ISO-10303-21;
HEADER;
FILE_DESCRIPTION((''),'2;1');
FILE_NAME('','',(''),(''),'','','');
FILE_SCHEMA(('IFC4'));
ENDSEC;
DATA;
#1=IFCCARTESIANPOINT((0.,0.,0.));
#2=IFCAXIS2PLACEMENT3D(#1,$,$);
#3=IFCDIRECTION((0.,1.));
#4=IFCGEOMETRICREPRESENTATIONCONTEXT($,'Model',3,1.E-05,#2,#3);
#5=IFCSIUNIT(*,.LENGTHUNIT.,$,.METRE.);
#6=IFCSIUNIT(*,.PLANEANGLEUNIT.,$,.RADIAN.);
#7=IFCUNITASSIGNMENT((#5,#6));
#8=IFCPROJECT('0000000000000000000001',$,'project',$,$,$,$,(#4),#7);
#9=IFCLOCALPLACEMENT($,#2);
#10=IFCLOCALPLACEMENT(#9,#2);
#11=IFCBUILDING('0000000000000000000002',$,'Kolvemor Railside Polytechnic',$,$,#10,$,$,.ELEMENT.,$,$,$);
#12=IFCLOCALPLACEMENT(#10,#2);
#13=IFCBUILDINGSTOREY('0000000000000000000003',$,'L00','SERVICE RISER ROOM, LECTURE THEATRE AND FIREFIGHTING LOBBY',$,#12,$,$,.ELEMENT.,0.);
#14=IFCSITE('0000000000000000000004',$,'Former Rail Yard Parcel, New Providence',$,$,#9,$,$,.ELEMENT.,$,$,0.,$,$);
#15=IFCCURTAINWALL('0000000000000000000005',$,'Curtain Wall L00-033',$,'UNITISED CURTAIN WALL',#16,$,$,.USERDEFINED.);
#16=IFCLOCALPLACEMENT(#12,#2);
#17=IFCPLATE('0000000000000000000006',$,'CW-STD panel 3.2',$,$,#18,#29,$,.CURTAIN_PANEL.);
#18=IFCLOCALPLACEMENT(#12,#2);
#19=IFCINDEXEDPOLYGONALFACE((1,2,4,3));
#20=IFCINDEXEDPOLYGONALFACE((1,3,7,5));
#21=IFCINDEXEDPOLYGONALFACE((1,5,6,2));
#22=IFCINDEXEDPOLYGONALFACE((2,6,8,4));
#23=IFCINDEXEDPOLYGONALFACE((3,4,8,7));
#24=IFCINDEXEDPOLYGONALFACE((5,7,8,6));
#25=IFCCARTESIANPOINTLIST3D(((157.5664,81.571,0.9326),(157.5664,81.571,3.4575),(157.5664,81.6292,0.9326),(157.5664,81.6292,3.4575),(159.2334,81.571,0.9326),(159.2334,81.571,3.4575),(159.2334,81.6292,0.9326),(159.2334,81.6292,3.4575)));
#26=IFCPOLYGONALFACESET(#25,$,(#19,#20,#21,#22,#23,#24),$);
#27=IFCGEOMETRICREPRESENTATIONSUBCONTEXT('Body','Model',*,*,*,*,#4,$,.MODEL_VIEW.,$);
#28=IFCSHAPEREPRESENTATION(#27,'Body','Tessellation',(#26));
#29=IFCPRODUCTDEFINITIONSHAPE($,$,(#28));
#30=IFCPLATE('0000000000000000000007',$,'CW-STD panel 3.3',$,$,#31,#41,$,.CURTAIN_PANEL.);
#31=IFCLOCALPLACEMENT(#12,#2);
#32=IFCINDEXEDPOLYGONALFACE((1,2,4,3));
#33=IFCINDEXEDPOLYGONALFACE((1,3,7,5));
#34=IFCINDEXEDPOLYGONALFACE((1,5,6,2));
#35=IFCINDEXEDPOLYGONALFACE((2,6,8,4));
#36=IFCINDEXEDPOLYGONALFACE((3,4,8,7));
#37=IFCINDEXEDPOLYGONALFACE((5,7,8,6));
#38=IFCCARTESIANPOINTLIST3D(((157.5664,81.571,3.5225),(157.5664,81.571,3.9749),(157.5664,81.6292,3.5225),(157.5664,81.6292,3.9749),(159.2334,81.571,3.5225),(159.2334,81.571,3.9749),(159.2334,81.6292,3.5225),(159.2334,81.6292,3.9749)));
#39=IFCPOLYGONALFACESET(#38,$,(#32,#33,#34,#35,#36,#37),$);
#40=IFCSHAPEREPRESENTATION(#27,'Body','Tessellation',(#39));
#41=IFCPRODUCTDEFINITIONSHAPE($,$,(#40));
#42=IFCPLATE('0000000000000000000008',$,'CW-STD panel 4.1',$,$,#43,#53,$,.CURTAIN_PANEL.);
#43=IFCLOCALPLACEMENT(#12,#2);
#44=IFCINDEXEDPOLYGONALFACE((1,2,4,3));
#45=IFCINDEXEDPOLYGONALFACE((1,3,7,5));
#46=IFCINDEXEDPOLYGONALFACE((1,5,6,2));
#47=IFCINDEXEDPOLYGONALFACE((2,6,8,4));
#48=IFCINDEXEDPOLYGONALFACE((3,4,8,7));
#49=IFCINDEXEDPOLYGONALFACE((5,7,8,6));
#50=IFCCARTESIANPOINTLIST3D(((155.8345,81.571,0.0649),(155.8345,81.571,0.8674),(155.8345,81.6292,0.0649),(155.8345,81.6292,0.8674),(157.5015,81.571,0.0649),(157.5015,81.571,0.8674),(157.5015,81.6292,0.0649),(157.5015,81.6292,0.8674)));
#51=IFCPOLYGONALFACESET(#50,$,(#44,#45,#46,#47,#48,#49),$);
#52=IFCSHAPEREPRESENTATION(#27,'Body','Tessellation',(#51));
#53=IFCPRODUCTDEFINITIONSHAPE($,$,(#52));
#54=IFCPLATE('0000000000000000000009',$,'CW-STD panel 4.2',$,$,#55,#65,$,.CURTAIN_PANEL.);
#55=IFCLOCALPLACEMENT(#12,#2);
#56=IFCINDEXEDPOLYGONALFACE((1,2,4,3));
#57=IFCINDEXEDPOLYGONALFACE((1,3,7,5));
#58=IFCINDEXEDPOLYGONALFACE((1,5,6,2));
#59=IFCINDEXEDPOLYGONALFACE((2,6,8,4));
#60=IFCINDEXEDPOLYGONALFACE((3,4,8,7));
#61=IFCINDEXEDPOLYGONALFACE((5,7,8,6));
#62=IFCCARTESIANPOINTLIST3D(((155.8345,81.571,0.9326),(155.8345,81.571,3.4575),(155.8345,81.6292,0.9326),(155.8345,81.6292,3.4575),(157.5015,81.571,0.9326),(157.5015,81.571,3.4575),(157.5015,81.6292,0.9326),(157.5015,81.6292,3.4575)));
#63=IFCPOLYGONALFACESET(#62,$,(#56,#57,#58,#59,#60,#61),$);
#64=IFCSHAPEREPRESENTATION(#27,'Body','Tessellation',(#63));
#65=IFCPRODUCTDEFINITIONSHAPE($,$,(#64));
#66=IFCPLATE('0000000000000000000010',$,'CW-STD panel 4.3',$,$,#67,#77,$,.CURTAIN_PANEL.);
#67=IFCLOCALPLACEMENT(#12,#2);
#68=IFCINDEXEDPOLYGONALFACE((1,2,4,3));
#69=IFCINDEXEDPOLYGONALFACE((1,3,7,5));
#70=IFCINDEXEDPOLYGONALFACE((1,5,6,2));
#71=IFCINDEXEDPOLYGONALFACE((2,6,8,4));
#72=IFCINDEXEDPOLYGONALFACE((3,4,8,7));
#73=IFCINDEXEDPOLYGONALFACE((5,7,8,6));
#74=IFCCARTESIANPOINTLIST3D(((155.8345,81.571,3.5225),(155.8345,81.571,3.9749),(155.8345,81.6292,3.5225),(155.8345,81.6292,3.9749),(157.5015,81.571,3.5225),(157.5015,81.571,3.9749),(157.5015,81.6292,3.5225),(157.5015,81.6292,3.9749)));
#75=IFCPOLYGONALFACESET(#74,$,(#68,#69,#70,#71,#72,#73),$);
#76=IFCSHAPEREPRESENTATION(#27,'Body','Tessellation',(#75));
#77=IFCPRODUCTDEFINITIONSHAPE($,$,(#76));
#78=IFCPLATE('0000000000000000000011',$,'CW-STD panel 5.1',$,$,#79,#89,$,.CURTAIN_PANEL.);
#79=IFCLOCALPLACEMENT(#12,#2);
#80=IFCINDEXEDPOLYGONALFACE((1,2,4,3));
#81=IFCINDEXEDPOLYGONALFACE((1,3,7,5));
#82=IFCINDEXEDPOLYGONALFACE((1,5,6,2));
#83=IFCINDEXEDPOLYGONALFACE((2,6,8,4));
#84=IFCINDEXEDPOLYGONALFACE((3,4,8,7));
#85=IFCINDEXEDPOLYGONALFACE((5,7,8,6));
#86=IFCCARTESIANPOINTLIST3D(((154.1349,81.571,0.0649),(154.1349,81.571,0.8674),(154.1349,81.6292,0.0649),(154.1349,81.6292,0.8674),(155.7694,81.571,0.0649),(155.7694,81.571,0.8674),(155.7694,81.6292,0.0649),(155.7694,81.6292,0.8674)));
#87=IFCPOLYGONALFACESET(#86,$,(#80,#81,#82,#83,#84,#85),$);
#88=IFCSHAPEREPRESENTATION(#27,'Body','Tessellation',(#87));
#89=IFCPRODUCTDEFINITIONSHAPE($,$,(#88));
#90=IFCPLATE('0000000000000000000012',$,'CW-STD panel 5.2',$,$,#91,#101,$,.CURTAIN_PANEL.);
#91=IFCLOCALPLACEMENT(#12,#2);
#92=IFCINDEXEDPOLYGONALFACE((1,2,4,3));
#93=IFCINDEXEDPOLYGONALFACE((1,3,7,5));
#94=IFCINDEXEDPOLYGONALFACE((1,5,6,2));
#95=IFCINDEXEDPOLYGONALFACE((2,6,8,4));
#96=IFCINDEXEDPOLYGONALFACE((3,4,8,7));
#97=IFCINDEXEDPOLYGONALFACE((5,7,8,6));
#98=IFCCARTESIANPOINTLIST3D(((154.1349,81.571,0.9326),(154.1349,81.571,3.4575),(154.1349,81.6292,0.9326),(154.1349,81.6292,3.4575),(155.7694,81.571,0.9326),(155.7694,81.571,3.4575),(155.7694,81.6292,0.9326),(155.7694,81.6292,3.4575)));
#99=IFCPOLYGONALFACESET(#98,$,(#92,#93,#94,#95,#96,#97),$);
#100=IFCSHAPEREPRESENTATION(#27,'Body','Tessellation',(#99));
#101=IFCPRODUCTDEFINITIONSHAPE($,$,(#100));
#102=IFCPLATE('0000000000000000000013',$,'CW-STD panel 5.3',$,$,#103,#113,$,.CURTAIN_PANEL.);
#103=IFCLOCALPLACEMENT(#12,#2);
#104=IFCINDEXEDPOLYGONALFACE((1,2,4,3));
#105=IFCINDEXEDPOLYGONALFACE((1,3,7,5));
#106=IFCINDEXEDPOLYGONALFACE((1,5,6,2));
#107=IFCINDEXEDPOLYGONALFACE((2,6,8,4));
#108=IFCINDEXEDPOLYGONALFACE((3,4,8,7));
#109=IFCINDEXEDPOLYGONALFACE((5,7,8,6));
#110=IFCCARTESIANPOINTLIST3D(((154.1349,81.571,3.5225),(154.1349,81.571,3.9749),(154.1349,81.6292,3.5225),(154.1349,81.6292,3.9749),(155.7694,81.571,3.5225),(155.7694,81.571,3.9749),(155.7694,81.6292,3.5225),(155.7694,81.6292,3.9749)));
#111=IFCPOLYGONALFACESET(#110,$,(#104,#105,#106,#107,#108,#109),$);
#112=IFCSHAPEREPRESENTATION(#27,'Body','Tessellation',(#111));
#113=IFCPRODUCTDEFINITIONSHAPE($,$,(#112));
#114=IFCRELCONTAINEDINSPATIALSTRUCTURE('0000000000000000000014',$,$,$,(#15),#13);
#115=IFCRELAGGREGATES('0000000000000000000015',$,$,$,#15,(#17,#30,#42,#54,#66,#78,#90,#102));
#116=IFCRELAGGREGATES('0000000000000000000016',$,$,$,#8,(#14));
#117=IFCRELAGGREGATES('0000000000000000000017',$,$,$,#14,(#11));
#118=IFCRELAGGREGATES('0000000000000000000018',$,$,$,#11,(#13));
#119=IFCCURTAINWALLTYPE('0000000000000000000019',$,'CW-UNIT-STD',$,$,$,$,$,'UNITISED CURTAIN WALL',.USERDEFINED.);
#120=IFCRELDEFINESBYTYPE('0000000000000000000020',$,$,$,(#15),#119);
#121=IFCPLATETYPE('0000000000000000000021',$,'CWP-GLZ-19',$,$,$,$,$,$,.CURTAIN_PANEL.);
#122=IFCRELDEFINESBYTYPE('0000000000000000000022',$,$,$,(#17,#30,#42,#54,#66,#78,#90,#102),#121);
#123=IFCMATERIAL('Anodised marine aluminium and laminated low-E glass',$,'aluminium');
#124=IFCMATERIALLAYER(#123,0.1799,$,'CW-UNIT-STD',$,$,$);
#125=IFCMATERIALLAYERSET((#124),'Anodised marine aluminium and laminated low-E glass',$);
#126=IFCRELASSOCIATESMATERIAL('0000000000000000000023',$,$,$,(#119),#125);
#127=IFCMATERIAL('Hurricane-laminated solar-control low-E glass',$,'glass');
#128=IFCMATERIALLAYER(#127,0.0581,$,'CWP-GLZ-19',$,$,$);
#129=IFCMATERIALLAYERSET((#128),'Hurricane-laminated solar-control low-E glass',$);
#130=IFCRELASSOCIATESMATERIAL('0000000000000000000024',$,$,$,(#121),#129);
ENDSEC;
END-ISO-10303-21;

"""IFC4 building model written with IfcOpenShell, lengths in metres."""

from ifc_helpers import new_model, si_unit, direction, frame, origin, origin_2d, place, context, subcontext, project, spatial, rectangle, extrude, material, layer, layer_set, type_object, element, aggregate, save


model = new_model("IFC4")

# Units and contexts
model_context = context("Model", 3, precision=1e-05, world=origin(), true_north=direction((0.0, 1.0)))
body_context = subcontext(model_context, "Body", "Model", "MODEL_VIEW")
ifc_project = project(units=[si_unit("LENGTHUNIT", "METRE"), si_unit("PLANEANGLEUNIT", "RADIAN")], contexts=[model_context])

# Site, building, storey
site_placement = place(None, origin())
site = spatial("IfcSite", under=ifc_project, at=site_placement, Name="Former Rail Yard Parcel, New Providence", CompositionType="ELEMENT", RefElevation=0.0)
building_placement = place(site_placement, origin())
building = spatial("IfcBuilding", under=site, at=building_placement, Name="Kolvemor Railside Polytechnic", CompositionType="ELEMENT")
storey_placement = place(building_placement, origin())
storey = spatial("IfcBuildingStorey", under=building, at=storey_placement, Name="L00", Description="SERVICE RISER ROOM, LECTURE THEATRE AND FIREFIGHTING LOBBY", CompositionType="ELEMENT", Elevation=0.0)

# Curtain wall, plates
ifc_material_1 = material(Name="Anodised marine aluminium and laminated low-E glass", Category="aluminium")
ifc_layer_1 = layer(ifc_material_1, 0.1799, Name="CW-UNIT-STD")
ifc_layer_set_1 = layer_set([ifc_layer_1], Name="Anodised marine aluminium and laminated low-E glass")
curtain_wall_type = type_object("IfcCurtainWallType", Name="CW-UNIT-STD", ElementType="UNITISED CURTAIN WALL", PredefinedType="USERDEFINED", material=ifc_layer_set_1)
curtain_wall_placement = place(storey_placement, origin())
curtain_wall = element("IfcCurtainWall", 1, at=curtain_wall_placement, inside=storey, type_object=curtain_wall_type, Name="Curtain Wall L00-033", ObjectType="UNITISED CURTAIN WALL", PredefinedType="USERDEFINED")
ifc_material_2 = material(Name="Hurricane-laminated solar-control low-E glass", Category="glass")
ifc_layer_2 = layer(ifc_material_2, 0.0581, Name="CWP-GLZ-19")
ifc_layer_set_2 = layer_set([ifc_layer_2], Name="Hurricane-laminated solar-control low-E glass")
plate_type = type_object("IfcPlateType", Name="CWP-GLZ-19", PredefinedType="CURTAIN_PANEL", material=ifc_layer_set_2)
plate_1_placement = place(storey_placement, frame((158.3999, 81.6001, 0.9326), z_axis=(0.0, 0.0, 1.0), x_axis=(-1.0, 0.0, 0.0)))
plate_1 = element("IfcPlate", 2, at=plate_1_placement, type_object=plate_type, Name="CW-STD panel 3.2", PredefinedType="CURTAIN_PANEL", context=body_context, shape_type="SweptSolid", body=[
    extrude(rectangle(XDim=1.667, YDim=0.0581, at=origin_2d()), origin(), (0.0, 0.0, 1.0), 2.5249),
])
plate_2_placement = place(storey_placement, frame((158.3999, 81.6001, 3.5225), z_axis=(0.0, 0.0, 1.0), x_axis=(-1.0, 0.0, 0.0)))
plate_2 = element("IfcPlate", 3, at=plate_2_placement, type_object=plate_type, Name="CW-STD panel 3.3", PredefinedType="CURTAIN_PANEL", context=body_context, shape_type="SweptSolid", body=[
    extrude(rectangle(XDim=1.667, YDim=0.0581, at=origin_2d()), origin(), (0.0, 0.0, 1.0), 0.4524),
])
plate_3_placement = place(storey_placement, frame((156.668, 81.6001, 0.0649), z_axis=(0.0, 0.0, 1.0), x_axis=(-1.0, 0.0, 0.0)))
plate_3 = element("IfcPlate", 4, at=plate_3_placement, type_object=plate_type, Name="CW-STD panel 4.1", PredefinedType="CURTAIN_PANEL", context=body_context, shape_type="SweptSolid", body=[
    extrude(rectangle(XDim=1.667, YDim=0.0581, at=origin_2d()), origin(), (0.0, 0.0, 1.0), 0.8025),
])
plate_4_placement = place(storey_placement, frame((156.668, 81.6001, 0.9326), z_axis=(0.0, 0.0, 1.0), x_axis=(-1.0, 0.0, 0.0)))
plate_4 = element("IfcPlate", 5, at=plate_4_placement, type_object=plate_type, Name="CW-STD panel 4.2", PredefinedType="CURTAIN_PANEL", context=body_context, shape_type="SweptSolid", body=[
    extrude(rectangle(XDim=1.667, YDim=0.0581, at=origin_2d()), origin(), (0.0, 0.0, 1.0), 2.5249),
])
plate_5_placement = place(storey_placement, frame((156.668, 81.6001, 3.5225), z_axis=(0.0, 0.0, 1.0), x_axis=(-1.0, 0.0, 0.0)))
plate_5 = element("IfcPlate", 6, at=plate_5_placement, type_object=plate_type, Name="CW-STD panel 4.3", PredefinedType="CURTAIN_PANEL", context=body_context, shape_type="SweptSolid", body=[
    extrude(rectangle(XDim=1.667, YDim=0.0581, at=origin_2d()), origin(), (0.0, 0.0, 1.0), 0.4524),
])
plate_6_placement = place(storey_placement, frame((154.9521, 81.6001, 0.0649), z_axis=(0.0, 0.0, 1.0), x_axis=(-1.0, 0.0, 0.0)))
plate_6 = element("IfcPlate", 7, at=plate_6_placement, type_object=plate_type, Name="CW-STD panel 5.1", PredefinedType="CURTAIN_PANEL", context=body_context, shape_type="SweptSolid", body=[
    extrude(rectangle(XDim=1.6345, YDim=0.0581, at=origin_2d()), origin(), (0.0, 0.0, 1.0), 0.8025),
])
plate_7_placement = place(storey_placement, frame((154.9521, 81.6001, 0.9326), z_axis=(0.0, 0.0, 1.0), x_axis=(-1.0, 0.0, 0.0)))
plate_7 = element("IfcPlate", 8, at=plate_7_placement, type_object=plate_type, Name="CW-STD panel 5.2", PredefinedType="CURTAIN_PANEL", context=body_context, shape_type="SweptSolid", body=[
    extrude(rectangle(XDim=1.6345, YDim=0.0581, at=origin_2d()), origin(), (0.0, 0.0, 1.0), 2.5249),
])
plate_8_placement = place(storey_placement, frame((154.9521, 81.6001, 3.5225), z_axis=(0.0, 0.0, 1.0), x_axis=(-1.0, 0.0, 0.0)))
plate_8 = element("IfcPlate", 9, at=plate_8_placement, type_object=plate_type, Name="CW-STD panel 5.3", PredefinedType="CURTAIN_PANEL", context=body_context, shape_type="SweptSolid", body=[
    extrude(rectangle(XDim=1.6345, YDim=0.0581, at=origin_2d()), origin(), (0.0, 0.0, 1.0), 0.4524),
])
aggregate(curtain_wall, [plate_1, plate_2, plate_3, plate_4, plate_5, plate_6, plate_7, plate_8])

save(model, "model.ifc")
